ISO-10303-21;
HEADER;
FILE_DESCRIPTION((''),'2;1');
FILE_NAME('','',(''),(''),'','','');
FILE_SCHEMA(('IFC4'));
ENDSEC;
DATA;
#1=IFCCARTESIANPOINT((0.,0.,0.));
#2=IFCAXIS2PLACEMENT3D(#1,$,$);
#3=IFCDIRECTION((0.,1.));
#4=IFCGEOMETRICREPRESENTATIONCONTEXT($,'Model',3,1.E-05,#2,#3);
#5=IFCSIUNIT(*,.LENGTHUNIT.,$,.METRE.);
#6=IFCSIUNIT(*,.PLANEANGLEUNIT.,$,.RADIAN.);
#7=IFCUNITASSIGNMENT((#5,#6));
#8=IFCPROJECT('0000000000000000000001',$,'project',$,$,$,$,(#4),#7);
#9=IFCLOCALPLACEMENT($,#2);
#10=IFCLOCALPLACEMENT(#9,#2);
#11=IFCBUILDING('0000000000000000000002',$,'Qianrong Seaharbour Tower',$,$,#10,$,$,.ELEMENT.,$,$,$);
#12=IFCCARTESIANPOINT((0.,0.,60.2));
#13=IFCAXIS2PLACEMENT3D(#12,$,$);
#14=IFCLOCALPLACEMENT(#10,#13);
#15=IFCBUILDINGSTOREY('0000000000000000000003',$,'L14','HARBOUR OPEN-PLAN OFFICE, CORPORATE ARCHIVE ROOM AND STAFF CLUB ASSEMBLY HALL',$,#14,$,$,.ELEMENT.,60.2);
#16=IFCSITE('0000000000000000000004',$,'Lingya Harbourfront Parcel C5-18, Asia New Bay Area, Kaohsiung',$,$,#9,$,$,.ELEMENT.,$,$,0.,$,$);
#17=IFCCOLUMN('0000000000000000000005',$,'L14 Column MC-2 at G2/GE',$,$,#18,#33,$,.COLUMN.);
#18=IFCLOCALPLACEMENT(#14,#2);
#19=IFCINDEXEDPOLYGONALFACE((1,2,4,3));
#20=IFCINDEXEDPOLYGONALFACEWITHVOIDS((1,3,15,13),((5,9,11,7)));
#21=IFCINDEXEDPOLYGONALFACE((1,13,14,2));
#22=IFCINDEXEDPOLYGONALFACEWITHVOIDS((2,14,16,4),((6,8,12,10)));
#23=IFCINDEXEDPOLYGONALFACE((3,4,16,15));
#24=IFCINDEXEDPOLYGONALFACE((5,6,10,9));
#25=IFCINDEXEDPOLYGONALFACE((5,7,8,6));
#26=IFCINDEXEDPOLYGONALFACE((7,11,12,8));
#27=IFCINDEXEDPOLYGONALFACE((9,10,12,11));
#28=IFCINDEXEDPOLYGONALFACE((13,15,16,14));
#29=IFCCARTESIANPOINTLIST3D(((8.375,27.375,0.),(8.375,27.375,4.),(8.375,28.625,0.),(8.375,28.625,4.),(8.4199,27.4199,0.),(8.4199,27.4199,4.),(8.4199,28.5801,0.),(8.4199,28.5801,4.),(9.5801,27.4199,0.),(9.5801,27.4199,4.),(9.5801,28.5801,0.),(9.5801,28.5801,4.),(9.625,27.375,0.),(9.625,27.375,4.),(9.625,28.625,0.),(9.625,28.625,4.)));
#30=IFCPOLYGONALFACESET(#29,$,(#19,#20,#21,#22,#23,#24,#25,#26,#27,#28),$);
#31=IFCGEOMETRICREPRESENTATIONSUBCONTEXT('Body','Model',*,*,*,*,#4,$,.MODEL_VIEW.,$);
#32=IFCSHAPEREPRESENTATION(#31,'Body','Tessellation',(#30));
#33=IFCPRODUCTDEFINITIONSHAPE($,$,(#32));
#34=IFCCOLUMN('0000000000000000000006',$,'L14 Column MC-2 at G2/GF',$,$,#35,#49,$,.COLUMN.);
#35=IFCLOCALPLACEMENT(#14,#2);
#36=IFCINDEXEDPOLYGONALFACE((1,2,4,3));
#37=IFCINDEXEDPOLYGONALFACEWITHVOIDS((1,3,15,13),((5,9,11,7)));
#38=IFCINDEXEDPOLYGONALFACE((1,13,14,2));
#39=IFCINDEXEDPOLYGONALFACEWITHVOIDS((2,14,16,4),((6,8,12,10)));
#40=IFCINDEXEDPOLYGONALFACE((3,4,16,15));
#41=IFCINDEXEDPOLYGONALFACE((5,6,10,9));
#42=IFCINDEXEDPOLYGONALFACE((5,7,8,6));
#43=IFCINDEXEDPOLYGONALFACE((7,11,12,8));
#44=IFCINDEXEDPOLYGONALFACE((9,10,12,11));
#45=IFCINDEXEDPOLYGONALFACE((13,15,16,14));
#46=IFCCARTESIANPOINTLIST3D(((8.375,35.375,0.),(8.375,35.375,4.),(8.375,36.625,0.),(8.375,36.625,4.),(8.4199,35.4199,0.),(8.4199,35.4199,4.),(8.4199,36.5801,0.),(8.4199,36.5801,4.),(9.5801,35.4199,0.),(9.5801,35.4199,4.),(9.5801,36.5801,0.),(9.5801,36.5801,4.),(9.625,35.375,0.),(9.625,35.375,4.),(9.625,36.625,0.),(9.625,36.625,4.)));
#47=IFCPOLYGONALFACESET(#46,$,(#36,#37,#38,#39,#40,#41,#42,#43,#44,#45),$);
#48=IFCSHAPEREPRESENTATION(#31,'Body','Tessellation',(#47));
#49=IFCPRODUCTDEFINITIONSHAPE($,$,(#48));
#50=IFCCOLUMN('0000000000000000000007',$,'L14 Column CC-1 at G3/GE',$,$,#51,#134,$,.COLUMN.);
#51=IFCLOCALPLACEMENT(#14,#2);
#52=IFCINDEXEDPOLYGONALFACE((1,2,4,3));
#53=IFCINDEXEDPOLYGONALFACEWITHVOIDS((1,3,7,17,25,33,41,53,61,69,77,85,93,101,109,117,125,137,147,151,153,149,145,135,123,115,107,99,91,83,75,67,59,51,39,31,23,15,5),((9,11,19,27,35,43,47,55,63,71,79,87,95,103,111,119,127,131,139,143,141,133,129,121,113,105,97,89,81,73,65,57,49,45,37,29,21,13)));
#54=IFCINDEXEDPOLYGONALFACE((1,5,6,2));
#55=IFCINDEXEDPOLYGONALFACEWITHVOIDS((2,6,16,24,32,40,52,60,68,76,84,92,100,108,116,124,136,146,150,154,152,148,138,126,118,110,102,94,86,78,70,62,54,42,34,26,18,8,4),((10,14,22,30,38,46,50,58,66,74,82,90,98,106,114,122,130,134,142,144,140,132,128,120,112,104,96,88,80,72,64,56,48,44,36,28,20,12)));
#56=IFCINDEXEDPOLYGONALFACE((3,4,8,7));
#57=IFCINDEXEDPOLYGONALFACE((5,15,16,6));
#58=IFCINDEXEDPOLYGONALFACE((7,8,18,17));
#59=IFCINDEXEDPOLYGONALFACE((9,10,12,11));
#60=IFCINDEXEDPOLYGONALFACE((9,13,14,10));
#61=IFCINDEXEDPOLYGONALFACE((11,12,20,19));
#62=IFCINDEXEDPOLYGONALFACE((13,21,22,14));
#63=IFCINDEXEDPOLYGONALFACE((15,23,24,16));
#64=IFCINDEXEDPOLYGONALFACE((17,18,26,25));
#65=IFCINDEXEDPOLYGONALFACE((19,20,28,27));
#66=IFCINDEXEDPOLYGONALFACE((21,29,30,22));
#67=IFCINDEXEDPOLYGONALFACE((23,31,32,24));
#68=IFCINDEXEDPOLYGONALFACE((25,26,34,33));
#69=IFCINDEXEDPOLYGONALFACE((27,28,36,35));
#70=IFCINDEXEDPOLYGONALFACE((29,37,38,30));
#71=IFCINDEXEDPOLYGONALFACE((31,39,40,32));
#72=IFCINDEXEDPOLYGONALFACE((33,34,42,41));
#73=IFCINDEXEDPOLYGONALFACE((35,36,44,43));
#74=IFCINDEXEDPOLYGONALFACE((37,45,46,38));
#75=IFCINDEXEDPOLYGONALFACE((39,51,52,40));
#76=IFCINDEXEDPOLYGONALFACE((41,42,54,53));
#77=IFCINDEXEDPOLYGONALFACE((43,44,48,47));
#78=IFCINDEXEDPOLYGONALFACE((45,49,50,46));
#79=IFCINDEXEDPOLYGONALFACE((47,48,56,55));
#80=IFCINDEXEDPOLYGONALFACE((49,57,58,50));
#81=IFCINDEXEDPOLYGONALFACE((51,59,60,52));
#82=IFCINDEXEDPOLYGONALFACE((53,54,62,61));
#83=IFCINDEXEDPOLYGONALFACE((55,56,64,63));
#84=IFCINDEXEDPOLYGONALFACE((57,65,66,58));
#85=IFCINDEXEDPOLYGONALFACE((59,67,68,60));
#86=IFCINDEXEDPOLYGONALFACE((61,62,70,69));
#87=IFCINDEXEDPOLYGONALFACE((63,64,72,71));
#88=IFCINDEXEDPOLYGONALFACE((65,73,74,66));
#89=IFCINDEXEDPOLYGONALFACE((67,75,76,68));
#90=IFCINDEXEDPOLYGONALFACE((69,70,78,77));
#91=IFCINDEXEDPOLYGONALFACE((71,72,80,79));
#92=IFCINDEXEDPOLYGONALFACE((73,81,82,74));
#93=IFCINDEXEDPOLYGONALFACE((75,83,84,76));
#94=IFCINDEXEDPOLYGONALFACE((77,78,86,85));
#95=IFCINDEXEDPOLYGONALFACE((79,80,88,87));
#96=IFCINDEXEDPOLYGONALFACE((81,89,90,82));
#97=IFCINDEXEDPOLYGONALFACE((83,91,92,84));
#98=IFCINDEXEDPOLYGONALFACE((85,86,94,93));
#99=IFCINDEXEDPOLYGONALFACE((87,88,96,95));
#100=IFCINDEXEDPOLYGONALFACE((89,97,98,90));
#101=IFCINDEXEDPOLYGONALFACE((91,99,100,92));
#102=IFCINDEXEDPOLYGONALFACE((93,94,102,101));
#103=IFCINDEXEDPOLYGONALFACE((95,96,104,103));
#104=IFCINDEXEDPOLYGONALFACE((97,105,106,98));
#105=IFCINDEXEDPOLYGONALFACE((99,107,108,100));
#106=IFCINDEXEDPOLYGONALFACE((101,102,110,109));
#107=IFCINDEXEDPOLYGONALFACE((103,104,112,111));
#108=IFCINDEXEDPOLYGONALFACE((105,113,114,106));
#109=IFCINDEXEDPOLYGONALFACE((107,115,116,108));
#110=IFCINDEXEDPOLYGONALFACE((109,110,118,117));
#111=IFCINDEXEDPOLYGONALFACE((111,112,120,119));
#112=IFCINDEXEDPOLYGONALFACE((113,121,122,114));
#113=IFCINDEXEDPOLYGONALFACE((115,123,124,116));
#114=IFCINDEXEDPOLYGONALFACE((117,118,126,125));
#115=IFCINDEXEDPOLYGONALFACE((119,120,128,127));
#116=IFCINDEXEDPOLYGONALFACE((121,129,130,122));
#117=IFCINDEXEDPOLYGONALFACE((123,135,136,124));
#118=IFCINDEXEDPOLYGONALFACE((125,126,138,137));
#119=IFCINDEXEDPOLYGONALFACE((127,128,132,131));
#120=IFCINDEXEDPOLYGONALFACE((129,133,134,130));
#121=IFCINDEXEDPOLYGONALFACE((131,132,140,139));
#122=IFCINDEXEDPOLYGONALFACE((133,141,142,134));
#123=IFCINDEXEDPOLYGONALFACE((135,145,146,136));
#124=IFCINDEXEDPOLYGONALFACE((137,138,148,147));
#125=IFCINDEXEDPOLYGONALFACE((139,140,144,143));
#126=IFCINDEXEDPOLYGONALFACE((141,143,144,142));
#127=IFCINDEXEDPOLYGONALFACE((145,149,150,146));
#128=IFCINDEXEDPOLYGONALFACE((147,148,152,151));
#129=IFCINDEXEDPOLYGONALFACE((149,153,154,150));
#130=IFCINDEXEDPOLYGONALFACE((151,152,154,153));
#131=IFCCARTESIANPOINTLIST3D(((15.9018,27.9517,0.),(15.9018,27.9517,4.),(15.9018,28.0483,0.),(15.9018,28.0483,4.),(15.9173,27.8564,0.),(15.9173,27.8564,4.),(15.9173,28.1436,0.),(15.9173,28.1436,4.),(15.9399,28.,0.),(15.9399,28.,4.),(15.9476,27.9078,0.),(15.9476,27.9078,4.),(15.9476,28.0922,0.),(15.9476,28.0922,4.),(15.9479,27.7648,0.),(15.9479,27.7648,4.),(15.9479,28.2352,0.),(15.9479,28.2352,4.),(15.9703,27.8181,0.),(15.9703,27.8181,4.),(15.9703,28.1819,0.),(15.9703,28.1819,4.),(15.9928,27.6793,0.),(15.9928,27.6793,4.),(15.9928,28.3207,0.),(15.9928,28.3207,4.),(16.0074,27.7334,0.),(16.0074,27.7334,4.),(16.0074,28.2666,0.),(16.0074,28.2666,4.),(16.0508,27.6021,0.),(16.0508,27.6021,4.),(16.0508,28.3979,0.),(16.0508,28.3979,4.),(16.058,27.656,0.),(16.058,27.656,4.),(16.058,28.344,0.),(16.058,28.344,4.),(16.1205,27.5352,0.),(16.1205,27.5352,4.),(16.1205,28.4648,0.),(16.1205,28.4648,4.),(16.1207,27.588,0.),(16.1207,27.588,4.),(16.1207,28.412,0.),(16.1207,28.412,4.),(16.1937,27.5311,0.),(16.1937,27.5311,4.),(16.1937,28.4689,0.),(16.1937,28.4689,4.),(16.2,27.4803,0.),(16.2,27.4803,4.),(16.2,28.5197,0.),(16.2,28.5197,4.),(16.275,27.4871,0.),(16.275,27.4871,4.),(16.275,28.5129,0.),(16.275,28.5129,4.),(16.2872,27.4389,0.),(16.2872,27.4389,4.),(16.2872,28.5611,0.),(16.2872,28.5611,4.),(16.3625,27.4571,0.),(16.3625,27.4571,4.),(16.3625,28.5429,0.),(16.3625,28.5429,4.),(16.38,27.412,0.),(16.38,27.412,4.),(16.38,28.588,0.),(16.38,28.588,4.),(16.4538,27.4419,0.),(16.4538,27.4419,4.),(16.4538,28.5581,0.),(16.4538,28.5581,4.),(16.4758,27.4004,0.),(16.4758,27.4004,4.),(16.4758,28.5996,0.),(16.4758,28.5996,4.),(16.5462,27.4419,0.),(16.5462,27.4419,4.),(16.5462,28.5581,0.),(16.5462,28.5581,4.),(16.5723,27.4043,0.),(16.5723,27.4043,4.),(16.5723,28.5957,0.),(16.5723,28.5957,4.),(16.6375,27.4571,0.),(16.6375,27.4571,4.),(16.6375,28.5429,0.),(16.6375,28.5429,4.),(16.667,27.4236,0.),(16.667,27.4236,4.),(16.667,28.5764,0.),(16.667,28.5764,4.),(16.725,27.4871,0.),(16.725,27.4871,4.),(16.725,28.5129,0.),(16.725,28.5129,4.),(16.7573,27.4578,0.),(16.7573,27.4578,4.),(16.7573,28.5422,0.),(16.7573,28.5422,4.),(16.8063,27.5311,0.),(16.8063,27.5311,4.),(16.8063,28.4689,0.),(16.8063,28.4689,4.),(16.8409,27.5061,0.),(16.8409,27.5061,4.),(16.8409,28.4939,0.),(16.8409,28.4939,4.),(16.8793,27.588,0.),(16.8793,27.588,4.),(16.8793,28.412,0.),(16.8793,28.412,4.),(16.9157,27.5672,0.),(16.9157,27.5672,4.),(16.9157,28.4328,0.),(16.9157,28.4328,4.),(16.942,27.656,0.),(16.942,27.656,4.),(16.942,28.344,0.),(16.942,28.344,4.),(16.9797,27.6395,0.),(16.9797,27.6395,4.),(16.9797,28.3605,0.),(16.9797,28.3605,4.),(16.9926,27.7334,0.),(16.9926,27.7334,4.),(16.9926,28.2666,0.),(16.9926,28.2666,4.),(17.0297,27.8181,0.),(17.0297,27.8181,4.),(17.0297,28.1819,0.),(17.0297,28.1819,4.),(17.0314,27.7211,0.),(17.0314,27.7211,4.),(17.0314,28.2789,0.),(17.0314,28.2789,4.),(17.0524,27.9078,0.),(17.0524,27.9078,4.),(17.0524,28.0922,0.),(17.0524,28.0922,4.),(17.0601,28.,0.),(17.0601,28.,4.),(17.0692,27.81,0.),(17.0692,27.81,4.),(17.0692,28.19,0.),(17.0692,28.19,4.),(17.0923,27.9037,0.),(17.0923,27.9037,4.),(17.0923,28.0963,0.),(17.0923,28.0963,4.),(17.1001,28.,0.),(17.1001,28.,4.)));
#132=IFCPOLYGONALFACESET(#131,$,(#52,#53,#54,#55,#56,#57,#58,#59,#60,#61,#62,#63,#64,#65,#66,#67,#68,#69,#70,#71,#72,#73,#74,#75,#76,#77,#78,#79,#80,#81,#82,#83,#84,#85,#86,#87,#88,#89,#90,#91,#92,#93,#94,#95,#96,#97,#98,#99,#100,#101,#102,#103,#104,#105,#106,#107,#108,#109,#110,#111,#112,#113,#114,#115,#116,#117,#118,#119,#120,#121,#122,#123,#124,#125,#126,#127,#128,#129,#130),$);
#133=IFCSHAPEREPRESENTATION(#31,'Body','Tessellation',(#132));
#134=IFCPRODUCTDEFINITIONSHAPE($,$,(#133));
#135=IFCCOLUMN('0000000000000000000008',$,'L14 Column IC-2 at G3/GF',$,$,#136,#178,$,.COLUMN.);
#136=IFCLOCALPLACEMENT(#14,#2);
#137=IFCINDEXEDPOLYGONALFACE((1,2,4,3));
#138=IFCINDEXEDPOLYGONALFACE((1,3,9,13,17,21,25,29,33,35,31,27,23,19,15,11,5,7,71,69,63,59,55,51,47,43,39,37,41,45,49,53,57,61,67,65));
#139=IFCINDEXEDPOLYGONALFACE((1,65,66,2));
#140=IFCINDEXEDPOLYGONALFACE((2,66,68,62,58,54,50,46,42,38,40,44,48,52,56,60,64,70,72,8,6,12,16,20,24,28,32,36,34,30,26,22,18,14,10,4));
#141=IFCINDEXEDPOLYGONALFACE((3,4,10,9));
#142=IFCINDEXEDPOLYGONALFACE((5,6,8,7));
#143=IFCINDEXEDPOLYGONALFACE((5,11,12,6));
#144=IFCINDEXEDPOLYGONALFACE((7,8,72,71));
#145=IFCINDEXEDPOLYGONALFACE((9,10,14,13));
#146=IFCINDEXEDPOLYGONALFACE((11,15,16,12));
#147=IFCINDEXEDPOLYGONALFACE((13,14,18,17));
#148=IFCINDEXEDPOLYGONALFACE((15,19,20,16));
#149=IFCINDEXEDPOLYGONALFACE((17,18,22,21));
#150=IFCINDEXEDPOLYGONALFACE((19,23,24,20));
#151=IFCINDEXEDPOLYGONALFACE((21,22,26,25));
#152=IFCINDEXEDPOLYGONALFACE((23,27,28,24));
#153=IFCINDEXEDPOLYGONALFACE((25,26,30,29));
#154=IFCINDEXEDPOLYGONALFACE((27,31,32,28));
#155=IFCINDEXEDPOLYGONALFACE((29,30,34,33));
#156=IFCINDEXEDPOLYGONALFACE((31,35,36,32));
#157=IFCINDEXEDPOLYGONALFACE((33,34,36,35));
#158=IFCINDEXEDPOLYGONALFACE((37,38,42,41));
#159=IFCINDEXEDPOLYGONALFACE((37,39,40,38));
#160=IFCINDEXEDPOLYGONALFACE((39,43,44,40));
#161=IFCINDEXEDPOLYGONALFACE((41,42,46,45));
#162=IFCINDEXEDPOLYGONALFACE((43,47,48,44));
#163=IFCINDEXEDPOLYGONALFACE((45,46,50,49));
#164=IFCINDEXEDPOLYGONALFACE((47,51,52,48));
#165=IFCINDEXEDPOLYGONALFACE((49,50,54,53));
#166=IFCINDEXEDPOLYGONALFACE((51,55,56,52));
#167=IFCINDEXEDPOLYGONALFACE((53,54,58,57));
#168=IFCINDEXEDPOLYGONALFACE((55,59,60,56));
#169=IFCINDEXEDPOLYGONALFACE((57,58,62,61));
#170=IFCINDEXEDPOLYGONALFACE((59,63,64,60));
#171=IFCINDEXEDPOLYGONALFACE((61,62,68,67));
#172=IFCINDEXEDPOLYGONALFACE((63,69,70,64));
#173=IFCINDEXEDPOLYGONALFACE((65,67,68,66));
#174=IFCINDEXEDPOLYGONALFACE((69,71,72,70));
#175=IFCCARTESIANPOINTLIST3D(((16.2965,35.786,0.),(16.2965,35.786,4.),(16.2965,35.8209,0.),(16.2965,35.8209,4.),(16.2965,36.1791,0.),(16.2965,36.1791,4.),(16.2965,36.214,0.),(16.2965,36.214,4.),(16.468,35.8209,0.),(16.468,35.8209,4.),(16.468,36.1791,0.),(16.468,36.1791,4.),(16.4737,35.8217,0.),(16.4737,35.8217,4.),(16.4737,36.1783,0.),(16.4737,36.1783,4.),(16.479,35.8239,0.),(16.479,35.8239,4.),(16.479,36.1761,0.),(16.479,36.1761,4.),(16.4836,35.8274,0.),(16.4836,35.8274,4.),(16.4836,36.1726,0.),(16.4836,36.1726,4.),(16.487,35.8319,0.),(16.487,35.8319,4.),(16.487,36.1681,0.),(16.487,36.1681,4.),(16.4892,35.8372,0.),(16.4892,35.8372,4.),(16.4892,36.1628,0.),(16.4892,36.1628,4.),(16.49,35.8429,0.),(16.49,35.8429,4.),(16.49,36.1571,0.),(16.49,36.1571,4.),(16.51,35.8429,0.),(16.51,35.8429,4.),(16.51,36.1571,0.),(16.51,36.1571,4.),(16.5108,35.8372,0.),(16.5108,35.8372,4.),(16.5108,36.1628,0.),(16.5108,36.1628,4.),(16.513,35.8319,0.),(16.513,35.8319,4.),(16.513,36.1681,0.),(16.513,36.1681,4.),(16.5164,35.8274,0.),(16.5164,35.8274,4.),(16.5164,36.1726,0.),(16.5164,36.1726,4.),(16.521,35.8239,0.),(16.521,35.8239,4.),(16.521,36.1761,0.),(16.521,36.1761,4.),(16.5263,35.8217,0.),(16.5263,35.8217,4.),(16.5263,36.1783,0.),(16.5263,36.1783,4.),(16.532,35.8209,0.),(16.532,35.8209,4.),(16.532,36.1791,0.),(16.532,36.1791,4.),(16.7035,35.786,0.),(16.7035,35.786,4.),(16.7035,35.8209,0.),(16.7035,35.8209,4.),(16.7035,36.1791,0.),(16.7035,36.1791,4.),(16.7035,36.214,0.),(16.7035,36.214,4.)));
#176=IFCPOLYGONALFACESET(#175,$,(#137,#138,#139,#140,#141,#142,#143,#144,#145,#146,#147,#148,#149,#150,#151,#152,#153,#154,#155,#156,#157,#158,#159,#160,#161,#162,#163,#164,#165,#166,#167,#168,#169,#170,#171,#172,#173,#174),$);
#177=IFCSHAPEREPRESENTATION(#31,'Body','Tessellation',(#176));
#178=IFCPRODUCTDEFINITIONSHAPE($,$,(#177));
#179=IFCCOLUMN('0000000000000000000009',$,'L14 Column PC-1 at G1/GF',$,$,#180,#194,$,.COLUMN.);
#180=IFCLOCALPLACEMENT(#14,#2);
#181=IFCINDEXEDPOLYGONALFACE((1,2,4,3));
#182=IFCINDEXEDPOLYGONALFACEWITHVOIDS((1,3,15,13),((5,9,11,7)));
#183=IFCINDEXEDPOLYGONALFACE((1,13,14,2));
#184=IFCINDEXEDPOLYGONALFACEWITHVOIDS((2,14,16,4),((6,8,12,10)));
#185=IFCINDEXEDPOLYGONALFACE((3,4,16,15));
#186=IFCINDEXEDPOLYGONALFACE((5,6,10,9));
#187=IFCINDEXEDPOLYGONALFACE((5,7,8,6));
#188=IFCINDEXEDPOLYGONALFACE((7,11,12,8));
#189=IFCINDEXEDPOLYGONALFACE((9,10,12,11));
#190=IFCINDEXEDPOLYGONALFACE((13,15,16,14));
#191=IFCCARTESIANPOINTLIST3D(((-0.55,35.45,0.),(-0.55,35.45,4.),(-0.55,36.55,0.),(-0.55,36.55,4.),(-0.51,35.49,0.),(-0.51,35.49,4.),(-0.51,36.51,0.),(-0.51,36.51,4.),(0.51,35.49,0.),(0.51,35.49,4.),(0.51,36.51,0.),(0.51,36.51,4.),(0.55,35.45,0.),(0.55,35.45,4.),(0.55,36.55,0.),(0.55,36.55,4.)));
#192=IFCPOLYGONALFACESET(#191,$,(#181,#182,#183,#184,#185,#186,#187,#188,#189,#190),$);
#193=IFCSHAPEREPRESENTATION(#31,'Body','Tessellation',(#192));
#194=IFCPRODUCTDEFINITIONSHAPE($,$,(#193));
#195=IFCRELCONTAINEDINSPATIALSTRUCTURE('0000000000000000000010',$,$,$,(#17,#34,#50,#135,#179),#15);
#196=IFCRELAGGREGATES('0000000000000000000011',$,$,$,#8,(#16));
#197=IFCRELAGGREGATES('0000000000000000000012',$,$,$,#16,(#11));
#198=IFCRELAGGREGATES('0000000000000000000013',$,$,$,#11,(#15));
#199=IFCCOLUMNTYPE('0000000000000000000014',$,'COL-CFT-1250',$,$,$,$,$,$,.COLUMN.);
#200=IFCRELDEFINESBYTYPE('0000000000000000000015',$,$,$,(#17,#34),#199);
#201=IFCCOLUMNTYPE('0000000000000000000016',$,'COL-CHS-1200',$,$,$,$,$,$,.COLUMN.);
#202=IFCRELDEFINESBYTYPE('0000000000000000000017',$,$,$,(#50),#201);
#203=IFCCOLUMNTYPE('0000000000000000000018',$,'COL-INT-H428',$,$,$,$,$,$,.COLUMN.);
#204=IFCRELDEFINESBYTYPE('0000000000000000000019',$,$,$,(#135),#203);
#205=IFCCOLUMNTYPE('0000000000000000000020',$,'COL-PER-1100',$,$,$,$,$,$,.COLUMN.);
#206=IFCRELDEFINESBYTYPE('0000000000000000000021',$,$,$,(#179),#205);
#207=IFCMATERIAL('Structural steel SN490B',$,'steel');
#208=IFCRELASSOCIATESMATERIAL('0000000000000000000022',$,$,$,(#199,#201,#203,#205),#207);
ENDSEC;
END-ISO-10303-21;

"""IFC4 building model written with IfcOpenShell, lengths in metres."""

from ifc_helpers import new_model, si_unit, direction, frame, origin, origin_2d, place, context, subcontext, project, spatial, hollow_rectangle, hollow_circle, i_section, extrude, material, material_profile, profile_set, type_object, element, save


model = new_model("IFC4")

# Units and contexts
model_context = context("Model", 3, precision=1e-05, world=origin(), true_north=direction((0.0, 1.0)))
body_context = subcontext(model_context, "Body", "Model", "MODEL_VIEW")
ifc_project = project(units=[si_unit("LENGTHUNIT", "METRE"), si_unit("PLANEANGLEUNIT", "RADIAN")], contexts=[model_context])

# Site, building, storey
site_placement = place(None, origin())
site = spatial("IfcSite", under=ifc_project, at=site_placement, Name="Lingya Harbourfront Parcel C5-18, Asia New Bay Area, Kaohsiung", CompositionType="ELEMENT", RefElevation=0.0)
building_placement = place(site_placement, origin())
building = spatial("IfcBuilding", under=site, at=building_placement, Name="Qianrong Seaharbour Tower", CompositionType="ELEMENT")
storey_placement = place(building_placement, frame((0.0, 0.0, 60.2)))
storey = spatial("IfcBuildingStorey", under=building, at=storey_placement, Name="L14", Description="HARBOUR OPEN-PLAN OFFICE, CORPORATE ARCHIVE ROOM AND STAFF CLUB ASSEMBLY HALL", CompositionType="ELEMENT", Elevation=60.2)

# Columns
ifc_material_1 = material(Name="Structural steel SN490B", Category="steel")
ifc_material_profile_1 = material_profile(ifc_material_1, hollow_rectangle(XDim=1.25, YDim=1.25, WallThickness=0.0449, at=origin_2d()), Name="BOX1250x1250x45")
ifc_profile_set_1 = profile_set([ifc_material_profile_1], Name="Structural steel SN490B")
column_type_1 = type_object("IfcColumnType", Name="COL-CFT-1250", PredefinedType="COLUMN", material=ifc_profile_set_1)
for number, where, z_axis, x_axis, name in (
    (1, (9.0, 28.0, 0.0), (0.0, 0.0, 1.0), (1.0, 0.0, 0.0), "L14 Column MC-2 at G2/GE"),
    (2, (9.0, 36.0, 0.0), (0.0, 0.0, 1.0), (1.0, 0.0, 0.0), "L14 Column MC-2 at G2/GF"),
):
    element("IfcColumn", number, at=place(storey_placement, frame(where, z_axis=z_axis, x_axis=x_axis)), inside=storey, type_object=column_type_1, Name=name, PredefinedType="COLUMN", context=body_context, shape_type="SweptSolid", body=[
        extrude(hollow_rectangle(XDim=1.25, YDim=1.25, WallThickness=0.0449, at=origin_2d()), origin(), (0.0, 0.0, 1.0), 4.0),
    ])
ifc_material_profile_2 = material_profile(ifc_material_1, hollow_circle(Radius=0.6001, WallThickness=0.04, at=origin_2d()), Name="CHS1200x40")
ifc_profile_set_2 = profile_set([ifc_material_profile_2], Name="Structural steel SN490B")
column_type_2 = type_object("IfcColumnType", Name="COL-CHS-1200", PredefinedType="COLUMN", material=ifc_profile_set_2)
column_1_placement = place(storey_placement, frame((16.5, 28.0, 0.0), z_axis=(0.0, 0.0, 1.0), x_axis=(1.0, 0.0, 0.0)))
element("IfcColumn", 3, at=column_1_placement, inside=storey, type_object=column_type_2, Name="L14 Column CC-1 at G3/GE", PredefinedType="COLUMN", context=body_context, shape_type="SweptSolid", body=[
    extrude(hollow_circle(Radius=0.6001, WallThickness=0.04, at=origin_2d()), origin(), (0.0, 0.0, 1.0), 4.0),
])
ifc_material_profile_3 = material_profile(ifc_material_1, i_section(OverallWidth=0.407, OverallDepth=0.428, WebThickness=0.02, FlangeThickness=0.0349, FilletRadius=0.022, at=origin_2d()), Name="H428x407x20x35")
ifc_profile_set_3 = profile_set([ifc_material_profile_3], Name="Structural steel SN490B")
column_type_3 = type_object("IfcColumnType", Name="COL-INT-H428", PredefinedType="COLUMN", material=ifc_profile_set_3)
column_2_placement = place(storey_placement, frame((16.5, 36.0, 0.0), z_axis=(0.0, 0.0, 1.0), x_axis=(1.0, 0.0, 0.0)))
element("IfcColumn", 4, at=column_2_placement, inside=storey, type_object=column_type_3, Name="L14 Column IC-2 at G3/GF", PredefinedType="COLUMN", context=body_context, shape_type="SweptSolid", body=[
    extrude(i_section(OverallWidth=0.407, OverallDepth=0.428, WebThickness=0.02, FlangeThickness=0.0349, FilletRadius=0.022, at=origin_2d()), origin(), (0.0, 0.0, 1.0), 4.0),
])
ifc_material_profile_4 = material_profile(ifc_material_1, hollow_rectangle(XDim=1.1001, YDim=1.1001, WallThickness=0.04, at=origin_2d()), Name="BOX1100x1100x40")
ifc_profile_set_4 = profile_set([ifc_material_profile_4], Name="Structural steel SN490B")
column_type_4 = type_object("IfcColumnType", Name="COL-PER-1100", PredefinedType="COLUMN", material=ifc_profile_set_4)
column_3_placement = place(storey_placement, frame((0.0, 36.0, 0.0), z_axis=(0.0, 0.0, 1.0), x_axis=(1.0, 0.0, 0.0)))
element("IfcColumn", 5, at=column_3_placement, inside=storey, type_object=column_type_4, Name="L14 Column PC-1 at G1/GF", PredefinedType="COLUMN", context=body_context, shape_type="SweptSolid", body=[
    extrude(hollow_rectangle(XDim=1.1001, YDim=1.1001, WallThickness=0.04, at=origin_2d()), origin(), (0.0, 0.0, 1.0), 4.0),
])

save(model, "model.ifc")
